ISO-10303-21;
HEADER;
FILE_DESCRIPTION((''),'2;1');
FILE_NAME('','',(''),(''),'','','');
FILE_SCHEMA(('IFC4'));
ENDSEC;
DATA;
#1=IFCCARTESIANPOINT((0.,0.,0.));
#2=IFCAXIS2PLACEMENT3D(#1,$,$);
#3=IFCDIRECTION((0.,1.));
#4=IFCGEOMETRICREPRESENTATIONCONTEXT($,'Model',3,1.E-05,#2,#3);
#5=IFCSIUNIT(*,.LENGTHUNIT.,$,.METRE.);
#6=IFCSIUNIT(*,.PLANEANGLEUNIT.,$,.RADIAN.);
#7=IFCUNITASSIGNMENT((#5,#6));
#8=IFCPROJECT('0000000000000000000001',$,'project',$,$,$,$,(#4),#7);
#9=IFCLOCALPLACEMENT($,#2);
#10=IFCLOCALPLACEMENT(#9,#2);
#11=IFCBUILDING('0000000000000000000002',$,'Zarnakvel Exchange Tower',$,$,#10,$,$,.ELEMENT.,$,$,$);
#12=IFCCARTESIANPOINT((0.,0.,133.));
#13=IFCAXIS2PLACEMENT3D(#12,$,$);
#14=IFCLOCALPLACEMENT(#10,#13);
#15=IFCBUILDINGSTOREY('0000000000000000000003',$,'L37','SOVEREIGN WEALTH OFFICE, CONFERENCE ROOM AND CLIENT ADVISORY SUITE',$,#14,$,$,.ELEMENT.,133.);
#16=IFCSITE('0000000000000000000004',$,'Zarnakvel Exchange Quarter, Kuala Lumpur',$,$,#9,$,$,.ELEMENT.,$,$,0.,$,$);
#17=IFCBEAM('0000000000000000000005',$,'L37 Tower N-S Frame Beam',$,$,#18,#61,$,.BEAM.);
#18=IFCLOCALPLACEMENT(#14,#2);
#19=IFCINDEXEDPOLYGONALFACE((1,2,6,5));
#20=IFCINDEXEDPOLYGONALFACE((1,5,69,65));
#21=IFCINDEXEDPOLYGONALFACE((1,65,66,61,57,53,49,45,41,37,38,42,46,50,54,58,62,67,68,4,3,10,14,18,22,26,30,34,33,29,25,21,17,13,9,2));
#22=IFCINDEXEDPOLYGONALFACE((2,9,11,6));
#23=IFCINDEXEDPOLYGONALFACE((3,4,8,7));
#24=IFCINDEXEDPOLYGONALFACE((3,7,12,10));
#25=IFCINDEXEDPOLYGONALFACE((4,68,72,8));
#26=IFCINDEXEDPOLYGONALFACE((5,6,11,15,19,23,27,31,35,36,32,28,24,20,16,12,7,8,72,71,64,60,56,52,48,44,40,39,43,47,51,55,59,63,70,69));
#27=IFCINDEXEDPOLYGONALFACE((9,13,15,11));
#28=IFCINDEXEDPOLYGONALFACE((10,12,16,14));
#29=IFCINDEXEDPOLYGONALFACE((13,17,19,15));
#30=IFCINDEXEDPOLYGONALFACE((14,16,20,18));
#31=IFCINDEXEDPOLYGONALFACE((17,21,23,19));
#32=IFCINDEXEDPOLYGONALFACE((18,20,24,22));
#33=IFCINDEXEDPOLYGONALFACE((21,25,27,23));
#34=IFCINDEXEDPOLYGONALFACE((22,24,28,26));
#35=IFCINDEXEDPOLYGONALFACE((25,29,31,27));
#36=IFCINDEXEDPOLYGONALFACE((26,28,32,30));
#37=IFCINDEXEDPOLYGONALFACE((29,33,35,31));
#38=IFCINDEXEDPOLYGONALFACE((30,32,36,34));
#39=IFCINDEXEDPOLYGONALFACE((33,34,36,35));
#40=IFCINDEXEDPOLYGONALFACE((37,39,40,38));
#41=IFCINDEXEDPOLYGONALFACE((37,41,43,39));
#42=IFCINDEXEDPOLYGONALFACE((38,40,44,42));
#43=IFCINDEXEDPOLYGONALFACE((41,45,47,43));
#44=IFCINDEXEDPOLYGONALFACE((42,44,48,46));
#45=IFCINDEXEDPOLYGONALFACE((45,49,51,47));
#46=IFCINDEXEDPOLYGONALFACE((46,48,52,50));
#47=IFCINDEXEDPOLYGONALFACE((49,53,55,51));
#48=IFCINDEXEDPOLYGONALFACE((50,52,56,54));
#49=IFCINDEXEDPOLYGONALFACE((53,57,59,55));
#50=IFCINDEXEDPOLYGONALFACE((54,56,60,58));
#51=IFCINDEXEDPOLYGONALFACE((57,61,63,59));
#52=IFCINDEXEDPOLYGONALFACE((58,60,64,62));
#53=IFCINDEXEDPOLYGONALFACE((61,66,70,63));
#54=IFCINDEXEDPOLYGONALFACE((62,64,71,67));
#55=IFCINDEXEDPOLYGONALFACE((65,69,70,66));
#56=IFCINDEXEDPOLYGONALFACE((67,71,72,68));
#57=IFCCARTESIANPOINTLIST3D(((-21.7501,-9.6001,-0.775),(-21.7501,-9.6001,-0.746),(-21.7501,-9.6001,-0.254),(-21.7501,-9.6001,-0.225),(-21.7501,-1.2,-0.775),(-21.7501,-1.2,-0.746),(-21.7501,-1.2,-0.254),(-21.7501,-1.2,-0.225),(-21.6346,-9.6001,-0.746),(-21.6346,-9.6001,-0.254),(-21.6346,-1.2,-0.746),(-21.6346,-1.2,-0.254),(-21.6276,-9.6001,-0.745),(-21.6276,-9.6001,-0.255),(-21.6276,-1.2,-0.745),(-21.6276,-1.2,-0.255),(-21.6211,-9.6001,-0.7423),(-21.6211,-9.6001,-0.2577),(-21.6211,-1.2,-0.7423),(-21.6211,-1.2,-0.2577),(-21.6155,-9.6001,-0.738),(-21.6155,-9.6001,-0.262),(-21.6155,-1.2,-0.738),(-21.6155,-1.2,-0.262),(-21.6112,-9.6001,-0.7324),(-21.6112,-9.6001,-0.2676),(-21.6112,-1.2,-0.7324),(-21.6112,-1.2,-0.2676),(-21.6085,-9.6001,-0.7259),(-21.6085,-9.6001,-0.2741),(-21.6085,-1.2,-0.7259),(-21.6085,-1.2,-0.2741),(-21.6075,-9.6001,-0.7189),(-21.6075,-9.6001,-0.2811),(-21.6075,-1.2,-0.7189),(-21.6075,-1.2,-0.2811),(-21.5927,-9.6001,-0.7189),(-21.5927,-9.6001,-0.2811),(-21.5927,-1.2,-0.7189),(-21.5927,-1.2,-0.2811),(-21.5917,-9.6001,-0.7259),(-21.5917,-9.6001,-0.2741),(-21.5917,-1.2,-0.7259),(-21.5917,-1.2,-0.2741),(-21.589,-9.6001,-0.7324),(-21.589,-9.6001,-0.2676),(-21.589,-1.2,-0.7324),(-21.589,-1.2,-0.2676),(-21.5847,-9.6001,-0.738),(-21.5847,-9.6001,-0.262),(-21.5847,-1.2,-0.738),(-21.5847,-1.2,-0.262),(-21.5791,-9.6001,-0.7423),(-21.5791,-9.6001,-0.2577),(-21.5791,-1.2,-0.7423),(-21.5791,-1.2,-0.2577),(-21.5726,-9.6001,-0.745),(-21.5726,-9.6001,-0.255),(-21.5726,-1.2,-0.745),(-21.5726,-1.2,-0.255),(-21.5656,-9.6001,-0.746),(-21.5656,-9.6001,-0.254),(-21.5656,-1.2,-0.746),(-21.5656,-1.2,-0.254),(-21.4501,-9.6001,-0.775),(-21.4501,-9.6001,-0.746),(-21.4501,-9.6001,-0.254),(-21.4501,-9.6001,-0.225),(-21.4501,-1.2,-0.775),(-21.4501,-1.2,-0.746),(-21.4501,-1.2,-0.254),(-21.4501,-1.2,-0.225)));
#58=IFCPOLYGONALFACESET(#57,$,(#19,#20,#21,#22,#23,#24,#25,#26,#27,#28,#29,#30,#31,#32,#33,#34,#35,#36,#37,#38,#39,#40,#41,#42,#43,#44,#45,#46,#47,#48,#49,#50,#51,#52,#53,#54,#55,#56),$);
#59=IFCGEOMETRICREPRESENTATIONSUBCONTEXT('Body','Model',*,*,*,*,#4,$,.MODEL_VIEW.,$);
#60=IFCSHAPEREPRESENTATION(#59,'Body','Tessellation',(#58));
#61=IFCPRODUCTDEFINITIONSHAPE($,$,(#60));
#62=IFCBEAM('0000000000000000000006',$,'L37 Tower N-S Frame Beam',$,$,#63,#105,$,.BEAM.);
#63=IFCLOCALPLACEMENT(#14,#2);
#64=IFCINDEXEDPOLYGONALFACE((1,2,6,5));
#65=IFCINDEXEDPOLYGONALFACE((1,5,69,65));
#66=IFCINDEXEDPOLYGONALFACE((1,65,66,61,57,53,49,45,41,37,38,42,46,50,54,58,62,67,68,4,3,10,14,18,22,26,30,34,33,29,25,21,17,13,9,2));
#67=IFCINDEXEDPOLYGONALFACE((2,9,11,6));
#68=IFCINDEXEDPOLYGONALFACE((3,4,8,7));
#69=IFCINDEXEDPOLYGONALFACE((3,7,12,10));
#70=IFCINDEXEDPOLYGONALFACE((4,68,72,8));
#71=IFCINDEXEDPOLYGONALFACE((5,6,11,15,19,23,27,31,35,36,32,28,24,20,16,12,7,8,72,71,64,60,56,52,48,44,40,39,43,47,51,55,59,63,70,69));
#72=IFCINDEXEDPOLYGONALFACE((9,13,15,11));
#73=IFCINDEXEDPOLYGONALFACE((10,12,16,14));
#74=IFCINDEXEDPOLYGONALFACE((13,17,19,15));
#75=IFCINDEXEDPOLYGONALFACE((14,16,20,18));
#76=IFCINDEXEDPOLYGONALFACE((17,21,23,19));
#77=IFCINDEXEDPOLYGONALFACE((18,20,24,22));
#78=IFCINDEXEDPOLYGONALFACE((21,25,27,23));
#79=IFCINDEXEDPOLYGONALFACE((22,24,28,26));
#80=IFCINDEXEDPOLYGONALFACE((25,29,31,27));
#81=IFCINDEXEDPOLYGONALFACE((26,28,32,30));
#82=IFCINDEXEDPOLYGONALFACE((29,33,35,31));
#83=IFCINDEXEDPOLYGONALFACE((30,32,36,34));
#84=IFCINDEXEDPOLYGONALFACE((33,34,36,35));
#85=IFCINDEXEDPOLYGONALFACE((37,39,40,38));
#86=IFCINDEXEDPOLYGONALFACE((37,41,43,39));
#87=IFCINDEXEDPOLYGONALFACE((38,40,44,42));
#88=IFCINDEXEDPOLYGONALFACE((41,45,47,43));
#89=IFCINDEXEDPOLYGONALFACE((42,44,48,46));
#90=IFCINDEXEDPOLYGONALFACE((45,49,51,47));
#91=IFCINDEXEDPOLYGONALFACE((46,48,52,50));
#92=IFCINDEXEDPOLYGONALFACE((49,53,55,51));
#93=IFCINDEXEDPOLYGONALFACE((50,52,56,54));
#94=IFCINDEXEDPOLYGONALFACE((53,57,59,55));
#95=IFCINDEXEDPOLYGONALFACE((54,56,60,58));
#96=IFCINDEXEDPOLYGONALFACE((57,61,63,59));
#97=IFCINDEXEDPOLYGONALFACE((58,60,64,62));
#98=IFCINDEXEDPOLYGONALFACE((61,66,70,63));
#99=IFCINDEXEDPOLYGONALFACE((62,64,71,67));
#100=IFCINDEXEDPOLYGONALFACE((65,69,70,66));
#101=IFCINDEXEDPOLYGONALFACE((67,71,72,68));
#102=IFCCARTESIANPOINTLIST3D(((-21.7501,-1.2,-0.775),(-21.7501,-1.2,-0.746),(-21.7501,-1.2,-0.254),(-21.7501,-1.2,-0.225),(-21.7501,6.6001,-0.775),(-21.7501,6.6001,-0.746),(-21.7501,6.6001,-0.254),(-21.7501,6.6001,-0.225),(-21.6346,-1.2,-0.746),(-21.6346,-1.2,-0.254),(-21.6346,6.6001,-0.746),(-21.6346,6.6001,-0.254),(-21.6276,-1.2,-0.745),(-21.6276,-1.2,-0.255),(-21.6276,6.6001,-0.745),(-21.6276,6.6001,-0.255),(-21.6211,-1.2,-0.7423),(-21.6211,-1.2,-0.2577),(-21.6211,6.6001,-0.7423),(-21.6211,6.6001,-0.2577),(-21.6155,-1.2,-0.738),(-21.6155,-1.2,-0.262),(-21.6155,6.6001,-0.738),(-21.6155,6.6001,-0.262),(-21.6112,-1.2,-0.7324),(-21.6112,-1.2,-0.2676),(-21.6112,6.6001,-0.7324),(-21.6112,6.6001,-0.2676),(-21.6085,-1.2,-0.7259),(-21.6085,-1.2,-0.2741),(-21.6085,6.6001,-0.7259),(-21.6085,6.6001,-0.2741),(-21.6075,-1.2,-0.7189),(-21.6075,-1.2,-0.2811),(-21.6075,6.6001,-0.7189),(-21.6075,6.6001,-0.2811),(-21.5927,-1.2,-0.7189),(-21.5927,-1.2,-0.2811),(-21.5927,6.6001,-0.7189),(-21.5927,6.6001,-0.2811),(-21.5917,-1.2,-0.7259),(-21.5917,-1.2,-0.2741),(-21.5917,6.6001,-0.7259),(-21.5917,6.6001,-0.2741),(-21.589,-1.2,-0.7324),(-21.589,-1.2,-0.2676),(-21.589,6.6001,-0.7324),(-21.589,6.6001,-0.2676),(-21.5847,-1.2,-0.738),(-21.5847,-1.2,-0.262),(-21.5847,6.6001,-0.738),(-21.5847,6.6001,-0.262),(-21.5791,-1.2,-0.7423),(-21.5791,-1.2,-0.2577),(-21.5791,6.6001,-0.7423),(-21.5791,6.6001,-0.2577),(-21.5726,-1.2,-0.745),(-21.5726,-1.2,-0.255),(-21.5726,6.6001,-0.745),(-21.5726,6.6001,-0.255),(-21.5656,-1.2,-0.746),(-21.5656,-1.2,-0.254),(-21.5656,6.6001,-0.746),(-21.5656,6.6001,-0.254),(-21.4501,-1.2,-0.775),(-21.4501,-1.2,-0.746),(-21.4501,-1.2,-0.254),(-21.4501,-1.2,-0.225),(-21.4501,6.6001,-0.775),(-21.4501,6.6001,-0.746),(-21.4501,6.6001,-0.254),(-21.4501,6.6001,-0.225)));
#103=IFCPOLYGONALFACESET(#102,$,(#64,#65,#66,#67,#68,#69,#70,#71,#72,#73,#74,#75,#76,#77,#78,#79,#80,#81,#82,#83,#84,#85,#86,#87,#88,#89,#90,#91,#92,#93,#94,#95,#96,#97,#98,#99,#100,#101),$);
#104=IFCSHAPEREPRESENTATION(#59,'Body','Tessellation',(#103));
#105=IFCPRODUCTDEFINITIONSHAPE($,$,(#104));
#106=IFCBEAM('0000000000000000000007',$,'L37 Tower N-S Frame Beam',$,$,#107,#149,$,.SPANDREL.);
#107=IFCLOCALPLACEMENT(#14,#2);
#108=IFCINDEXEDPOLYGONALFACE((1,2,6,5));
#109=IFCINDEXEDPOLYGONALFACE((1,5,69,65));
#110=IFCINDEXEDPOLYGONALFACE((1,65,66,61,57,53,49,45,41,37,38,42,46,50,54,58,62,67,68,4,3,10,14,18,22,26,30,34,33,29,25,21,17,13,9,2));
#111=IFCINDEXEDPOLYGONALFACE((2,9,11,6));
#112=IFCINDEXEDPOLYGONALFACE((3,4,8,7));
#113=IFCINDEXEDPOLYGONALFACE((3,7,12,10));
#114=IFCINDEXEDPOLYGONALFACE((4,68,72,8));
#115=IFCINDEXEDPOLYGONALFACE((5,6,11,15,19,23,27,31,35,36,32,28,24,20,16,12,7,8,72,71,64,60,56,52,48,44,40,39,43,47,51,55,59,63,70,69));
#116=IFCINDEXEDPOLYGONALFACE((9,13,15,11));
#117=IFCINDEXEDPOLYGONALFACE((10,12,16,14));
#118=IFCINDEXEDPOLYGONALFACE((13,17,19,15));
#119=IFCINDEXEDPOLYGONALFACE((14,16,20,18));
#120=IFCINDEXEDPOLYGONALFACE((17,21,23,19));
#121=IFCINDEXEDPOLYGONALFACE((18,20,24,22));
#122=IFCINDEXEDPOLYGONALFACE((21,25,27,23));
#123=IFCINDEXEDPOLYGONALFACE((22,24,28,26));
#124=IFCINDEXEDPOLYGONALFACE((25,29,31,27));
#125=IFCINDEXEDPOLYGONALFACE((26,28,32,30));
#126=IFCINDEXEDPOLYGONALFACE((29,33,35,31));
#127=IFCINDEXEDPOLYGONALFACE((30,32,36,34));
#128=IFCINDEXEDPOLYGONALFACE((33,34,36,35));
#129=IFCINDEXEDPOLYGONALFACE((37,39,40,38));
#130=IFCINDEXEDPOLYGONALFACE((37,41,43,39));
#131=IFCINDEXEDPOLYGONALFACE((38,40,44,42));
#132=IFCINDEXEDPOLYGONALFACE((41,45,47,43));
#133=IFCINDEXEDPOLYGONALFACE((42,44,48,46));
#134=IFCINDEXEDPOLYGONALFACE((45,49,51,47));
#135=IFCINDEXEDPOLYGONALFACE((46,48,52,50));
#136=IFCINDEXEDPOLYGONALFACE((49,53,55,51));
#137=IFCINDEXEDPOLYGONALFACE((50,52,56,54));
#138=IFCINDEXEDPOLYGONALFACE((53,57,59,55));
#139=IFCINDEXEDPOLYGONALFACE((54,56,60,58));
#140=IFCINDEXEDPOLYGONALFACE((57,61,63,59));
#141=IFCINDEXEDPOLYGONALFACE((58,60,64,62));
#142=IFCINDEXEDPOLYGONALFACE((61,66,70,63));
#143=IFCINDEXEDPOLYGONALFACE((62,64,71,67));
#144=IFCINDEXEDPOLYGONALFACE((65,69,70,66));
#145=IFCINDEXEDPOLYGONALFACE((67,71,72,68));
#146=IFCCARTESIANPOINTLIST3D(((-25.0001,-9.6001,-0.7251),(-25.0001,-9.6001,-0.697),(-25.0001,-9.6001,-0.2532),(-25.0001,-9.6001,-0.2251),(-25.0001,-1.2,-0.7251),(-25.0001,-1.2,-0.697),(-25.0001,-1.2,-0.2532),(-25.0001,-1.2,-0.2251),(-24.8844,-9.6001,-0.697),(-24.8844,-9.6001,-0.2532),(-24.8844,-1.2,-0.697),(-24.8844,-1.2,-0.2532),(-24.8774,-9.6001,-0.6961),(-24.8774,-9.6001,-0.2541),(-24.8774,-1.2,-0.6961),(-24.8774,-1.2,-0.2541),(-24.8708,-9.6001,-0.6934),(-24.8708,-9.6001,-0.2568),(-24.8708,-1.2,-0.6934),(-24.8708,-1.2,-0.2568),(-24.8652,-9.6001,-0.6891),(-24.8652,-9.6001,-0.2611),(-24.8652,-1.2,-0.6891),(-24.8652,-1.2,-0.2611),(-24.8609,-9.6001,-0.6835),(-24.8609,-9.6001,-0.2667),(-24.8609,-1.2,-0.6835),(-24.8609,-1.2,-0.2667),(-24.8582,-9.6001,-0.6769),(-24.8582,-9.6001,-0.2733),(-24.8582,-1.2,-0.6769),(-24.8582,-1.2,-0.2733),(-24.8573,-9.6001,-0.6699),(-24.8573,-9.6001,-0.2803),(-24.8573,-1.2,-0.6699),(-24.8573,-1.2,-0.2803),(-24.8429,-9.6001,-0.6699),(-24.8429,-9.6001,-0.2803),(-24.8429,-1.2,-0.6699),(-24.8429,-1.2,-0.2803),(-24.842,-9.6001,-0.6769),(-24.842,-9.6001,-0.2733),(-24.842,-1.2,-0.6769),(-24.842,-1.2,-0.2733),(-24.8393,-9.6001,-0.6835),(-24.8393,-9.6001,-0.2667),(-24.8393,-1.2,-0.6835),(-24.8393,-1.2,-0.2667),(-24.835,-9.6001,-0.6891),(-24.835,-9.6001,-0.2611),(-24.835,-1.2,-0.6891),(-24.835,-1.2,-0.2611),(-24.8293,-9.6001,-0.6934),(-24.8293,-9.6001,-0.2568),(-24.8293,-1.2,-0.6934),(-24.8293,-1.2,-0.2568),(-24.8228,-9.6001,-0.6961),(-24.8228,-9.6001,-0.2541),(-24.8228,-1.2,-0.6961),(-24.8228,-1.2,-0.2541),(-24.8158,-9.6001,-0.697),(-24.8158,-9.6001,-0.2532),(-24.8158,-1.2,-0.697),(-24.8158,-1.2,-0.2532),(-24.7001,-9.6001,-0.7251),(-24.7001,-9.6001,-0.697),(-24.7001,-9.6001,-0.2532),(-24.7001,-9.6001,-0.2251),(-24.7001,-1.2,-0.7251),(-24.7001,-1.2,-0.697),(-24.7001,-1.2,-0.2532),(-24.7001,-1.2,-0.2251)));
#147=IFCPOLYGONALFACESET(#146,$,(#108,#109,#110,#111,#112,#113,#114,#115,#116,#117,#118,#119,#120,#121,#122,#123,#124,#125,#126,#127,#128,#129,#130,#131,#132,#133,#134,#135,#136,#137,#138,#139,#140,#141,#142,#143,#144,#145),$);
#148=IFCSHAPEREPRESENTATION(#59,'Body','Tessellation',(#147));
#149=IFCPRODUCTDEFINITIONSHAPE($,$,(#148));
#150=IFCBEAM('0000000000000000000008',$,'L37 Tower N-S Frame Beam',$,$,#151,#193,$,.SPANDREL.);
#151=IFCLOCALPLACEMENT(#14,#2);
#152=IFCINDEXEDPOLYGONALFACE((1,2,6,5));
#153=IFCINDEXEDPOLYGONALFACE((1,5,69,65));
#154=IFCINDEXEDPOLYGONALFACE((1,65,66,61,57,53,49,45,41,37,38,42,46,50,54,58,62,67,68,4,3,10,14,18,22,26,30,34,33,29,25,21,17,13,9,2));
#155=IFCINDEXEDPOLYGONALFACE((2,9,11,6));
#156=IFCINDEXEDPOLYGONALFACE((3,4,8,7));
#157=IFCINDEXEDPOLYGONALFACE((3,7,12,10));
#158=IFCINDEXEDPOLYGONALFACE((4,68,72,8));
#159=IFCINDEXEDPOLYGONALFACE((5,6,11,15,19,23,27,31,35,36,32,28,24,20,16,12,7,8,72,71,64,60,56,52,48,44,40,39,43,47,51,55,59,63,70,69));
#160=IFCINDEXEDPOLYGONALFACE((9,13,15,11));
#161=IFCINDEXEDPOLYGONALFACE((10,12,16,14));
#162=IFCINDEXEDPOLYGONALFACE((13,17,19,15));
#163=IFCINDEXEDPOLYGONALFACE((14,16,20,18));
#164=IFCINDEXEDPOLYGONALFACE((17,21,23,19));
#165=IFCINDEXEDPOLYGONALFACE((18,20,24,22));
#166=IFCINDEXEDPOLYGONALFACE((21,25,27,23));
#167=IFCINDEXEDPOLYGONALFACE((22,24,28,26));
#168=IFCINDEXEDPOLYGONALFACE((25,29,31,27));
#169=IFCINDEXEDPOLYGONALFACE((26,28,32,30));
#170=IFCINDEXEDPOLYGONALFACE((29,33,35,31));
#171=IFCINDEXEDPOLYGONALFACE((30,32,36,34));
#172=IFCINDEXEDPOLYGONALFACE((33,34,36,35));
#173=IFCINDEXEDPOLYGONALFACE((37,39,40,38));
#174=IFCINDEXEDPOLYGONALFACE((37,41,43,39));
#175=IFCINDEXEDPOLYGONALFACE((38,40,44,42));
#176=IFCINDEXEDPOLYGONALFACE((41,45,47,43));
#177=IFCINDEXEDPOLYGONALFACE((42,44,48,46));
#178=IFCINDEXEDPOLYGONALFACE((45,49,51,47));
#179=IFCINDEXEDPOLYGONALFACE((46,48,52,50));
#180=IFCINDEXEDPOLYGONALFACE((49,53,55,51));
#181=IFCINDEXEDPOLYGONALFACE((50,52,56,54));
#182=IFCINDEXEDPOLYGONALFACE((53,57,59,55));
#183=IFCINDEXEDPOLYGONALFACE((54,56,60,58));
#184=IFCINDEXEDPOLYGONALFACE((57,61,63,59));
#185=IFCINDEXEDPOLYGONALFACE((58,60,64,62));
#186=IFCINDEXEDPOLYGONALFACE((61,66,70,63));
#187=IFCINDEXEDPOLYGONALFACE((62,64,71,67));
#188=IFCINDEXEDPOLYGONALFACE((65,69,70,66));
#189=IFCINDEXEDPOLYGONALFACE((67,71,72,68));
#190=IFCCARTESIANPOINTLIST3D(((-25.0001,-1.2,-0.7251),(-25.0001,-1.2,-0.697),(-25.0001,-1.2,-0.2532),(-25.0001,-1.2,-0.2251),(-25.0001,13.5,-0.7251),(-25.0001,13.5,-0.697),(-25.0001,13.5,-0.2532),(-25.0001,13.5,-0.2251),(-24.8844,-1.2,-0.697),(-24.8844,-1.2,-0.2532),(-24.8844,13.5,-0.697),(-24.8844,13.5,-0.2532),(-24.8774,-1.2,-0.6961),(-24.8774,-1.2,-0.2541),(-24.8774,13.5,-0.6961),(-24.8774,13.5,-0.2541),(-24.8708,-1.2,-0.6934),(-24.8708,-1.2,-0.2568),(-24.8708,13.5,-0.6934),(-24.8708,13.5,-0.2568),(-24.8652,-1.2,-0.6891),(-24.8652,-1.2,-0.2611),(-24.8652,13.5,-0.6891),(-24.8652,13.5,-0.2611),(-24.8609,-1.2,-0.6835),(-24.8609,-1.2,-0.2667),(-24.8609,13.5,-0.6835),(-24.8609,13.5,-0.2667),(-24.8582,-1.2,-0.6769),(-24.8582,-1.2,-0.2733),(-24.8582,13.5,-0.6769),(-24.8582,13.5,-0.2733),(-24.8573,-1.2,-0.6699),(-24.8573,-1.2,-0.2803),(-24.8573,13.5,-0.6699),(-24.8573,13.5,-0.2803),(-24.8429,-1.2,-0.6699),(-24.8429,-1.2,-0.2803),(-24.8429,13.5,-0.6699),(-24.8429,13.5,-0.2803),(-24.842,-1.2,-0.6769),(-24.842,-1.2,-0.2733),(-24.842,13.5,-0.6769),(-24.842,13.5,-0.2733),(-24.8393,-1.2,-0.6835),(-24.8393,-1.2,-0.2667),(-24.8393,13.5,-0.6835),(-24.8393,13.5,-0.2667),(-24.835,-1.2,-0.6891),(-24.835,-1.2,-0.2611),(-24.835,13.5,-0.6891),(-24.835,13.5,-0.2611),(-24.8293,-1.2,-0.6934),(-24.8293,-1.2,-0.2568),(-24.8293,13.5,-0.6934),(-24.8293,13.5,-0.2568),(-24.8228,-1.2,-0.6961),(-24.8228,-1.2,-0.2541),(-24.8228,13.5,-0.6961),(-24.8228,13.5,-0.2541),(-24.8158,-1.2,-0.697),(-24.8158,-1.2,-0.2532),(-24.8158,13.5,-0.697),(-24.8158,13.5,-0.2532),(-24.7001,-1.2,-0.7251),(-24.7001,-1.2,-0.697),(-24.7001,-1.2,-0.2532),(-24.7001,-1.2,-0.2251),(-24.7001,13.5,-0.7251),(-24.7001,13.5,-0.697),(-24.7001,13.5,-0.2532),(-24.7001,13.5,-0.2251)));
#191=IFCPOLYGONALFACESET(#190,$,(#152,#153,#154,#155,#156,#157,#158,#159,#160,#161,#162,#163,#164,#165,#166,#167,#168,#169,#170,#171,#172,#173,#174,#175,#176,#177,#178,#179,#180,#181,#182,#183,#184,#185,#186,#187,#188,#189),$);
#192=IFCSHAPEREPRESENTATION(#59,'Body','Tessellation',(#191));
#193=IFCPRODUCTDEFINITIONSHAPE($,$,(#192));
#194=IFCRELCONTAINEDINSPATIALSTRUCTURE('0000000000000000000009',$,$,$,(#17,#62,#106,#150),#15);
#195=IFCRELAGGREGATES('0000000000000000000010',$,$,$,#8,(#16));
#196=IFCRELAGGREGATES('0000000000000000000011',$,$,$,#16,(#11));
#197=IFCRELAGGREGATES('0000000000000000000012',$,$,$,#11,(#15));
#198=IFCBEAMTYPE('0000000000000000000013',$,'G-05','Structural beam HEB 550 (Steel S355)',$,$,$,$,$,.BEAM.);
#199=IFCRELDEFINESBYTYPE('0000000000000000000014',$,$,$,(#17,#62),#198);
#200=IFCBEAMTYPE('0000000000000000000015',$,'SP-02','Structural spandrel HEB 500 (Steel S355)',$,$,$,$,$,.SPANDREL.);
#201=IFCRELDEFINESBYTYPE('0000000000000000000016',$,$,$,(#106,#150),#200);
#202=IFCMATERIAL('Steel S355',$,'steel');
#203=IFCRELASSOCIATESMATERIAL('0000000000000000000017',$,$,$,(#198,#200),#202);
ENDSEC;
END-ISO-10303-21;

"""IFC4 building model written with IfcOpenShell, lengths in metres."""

from ifc_helpers import new_model, si_unit, direction, frame, origin, origin_2d, place, context, subcontext, project, spatial, i_section, extrude, material, material_profile, profile_set, type_object, element, save


model = new_model("IFC4")

# Units and contexts
model_context = context("Model", 3, precision=1e-05, world=origin(), true_north=direction((0.0, 1.0)))
body_context = subcontext(model_context, "Body", "Model", "MODEL_VIEW")
ifc_project = project(units=[si_unit("LENGTHUNIT", "METRE"), si_unit("PLANEANGLEUNIT", "RADIAN")], contexts=[model_context])

# Site, building, storey
site_placement = place(None, origin())
site = spatial("IfcSite", under=ifc_project, at=site_placement, Name="Zarnakvel Exchange Quarter, Kuala Lumpur", CompositionType="ELEMENT", RefElevation=0.0)
building_placement = place(site_placement, origin())
building = spatial("IfcBuilding", under=site, at=building_placement, Name="Zarnakvel Exchange Tower", CompositionType="ELEMENT")
storey_placement = place(building_placement, frame((0.0, 0.0, 133.0)))
storey = spatial("IfcBuildingStorey", under=building, at=storey_placement, Name="L37", Description="SOVEREIGN WEALTH OFFICE, CONFERENCE ROOM AND CLIENT ADVISORY SUITE", CompositionType="ELEMENT", Elevation=133.0)

# Shared definitions
ifc_material_1 = material(Name="Steel S355", Category="steel")

# Beams
ifc_material_profile_1 = material_profile(ifc_material_1, i_section(OverallWidth=0.3, OverallDepth=0.55, WebThickness=0.0149, FlangeThickness=0.0291, FilletRadius=0.0271, at=origin_2d()))
ifc_profile_set_1 = profile_set([ifc_material_profile_1], Name="Steel S355")
beam_type_1 = type_object("IfcBeamType", Name="G-05", Description="Structural beam HEB 550 (Steel S355)", PredefinedType="BEAM", material=ifc_profile_set_1)
beam_1_placement = place(storey_placement, frame((-21.6001, -9.6001, -0.5), z_axis=(0.0, 1.0, 0.0), x_axis=(-1.0, 0.0, 0.0)))
element("IfcBeam", 1, at=beam_1_placement, inside=storey, type_object=beam_type_1, Name="L37 Tower N-S Frame Beam", PredefinedType="BEAM", context=body_context, shape_type="SweptSolid", body=[
    extrude(i_section(OverallWidth=0.3, OverallDepth=0.55, WebThickness=0.0149, FlangeThickness=0.0291, FilletRadius=0.0271, at=origin_2d()), origin(), (0.0, 0.0, 1.0), 8.4001),
])
beam_2_placement = place(storey_placement, frame((-21.6001, -1.2, -0.5), z_axis=(0.0, 1.0, 0.0), x_axis=(-1.0, 0.0, 0.0)))
element("IfcBeam", 2, at=beam_2_placement, inside=storey, type_object=beam_type_1, Name="L37 Tower N-S Frame Beam", PredefinedType="BEAM", context=body_context, shape_type="SweptSolid", body=[
    extrude(i_section(OverallWidth=0.3, OverallDepth=0.55, WebThickness=0.0149, FlangeThickness=0.0291, FilletRadius=0.0271, at=origin_2d()), origin(), (0.0, 0.0, 1.0), 7.8),
])
ifc_material_profile_2 = material_profile(ifc_material_1, i_section(OverallWidth=0.3, OverallDepth=0.5, WebThickness=0.0144, FlangeThickness=0.0281, FilletRadius=0.0271, at=origin_2d()))
ifc_profile_set_2 = profile_set([ifc_material_profile_2], Name="Steel S355")
beam_type_2 = type_object("IfcBeamType", Name="SP-02", Description="Structural spandrel HEB 500 (Steel S355)", PredefinedType="SPANDREL", material=ifc_profile_set_2)
beam_3_placement = place(storey_placement, frame((-24.8501, -9.6001, -0.4751), z_axis=(0.0, 1.0, 0.0), x_axis=(-1.0, 0.0, 0.0)))
element("IfcBeam", 3, at=beam_3_placement, inside=storey, type_object=beam_type_2, Name="L37 Tower N-S Frame Beam", PredefinedType="SPANDREL", context=body_context, shape_type="SweptSolid", body=[
    extrude(i_section(OverallWidth=0.3, OverallDepth=0.5, WebThickness=0.0144, FlangeThickness=0.0281, FilletRadius=0.0271, at=origin_2d()), origin(), (0.0, 0.0, 1.0), 8.4001),
])
beam_4_placement = place(storey_placement, frame((-24.8501, -1.2, -0.4751), z_axis=(0.0, 1.0, 0.0), x_axis=(-1.0, 0.0, 0.0)))
element("IfcBeam", 4, at=beam_4_placement, inside=storey, type_object=beam_type_2, Name="L37 Tower N-S Frame Beam", PredefinedType="SPANDREL", context=body_context, shape_type="SweptSolid", body=[
    extrude(i_section(OverallWidth=0.3, OverallDepth=0.5, WebThickness=0.0144, FlangeThickness=0.0281, FilletRadius=0.0271, at=origin_2d()), origin(), (0.0, 0.0, 1.0), 14.7),
])

save(model, "model.ifc")
